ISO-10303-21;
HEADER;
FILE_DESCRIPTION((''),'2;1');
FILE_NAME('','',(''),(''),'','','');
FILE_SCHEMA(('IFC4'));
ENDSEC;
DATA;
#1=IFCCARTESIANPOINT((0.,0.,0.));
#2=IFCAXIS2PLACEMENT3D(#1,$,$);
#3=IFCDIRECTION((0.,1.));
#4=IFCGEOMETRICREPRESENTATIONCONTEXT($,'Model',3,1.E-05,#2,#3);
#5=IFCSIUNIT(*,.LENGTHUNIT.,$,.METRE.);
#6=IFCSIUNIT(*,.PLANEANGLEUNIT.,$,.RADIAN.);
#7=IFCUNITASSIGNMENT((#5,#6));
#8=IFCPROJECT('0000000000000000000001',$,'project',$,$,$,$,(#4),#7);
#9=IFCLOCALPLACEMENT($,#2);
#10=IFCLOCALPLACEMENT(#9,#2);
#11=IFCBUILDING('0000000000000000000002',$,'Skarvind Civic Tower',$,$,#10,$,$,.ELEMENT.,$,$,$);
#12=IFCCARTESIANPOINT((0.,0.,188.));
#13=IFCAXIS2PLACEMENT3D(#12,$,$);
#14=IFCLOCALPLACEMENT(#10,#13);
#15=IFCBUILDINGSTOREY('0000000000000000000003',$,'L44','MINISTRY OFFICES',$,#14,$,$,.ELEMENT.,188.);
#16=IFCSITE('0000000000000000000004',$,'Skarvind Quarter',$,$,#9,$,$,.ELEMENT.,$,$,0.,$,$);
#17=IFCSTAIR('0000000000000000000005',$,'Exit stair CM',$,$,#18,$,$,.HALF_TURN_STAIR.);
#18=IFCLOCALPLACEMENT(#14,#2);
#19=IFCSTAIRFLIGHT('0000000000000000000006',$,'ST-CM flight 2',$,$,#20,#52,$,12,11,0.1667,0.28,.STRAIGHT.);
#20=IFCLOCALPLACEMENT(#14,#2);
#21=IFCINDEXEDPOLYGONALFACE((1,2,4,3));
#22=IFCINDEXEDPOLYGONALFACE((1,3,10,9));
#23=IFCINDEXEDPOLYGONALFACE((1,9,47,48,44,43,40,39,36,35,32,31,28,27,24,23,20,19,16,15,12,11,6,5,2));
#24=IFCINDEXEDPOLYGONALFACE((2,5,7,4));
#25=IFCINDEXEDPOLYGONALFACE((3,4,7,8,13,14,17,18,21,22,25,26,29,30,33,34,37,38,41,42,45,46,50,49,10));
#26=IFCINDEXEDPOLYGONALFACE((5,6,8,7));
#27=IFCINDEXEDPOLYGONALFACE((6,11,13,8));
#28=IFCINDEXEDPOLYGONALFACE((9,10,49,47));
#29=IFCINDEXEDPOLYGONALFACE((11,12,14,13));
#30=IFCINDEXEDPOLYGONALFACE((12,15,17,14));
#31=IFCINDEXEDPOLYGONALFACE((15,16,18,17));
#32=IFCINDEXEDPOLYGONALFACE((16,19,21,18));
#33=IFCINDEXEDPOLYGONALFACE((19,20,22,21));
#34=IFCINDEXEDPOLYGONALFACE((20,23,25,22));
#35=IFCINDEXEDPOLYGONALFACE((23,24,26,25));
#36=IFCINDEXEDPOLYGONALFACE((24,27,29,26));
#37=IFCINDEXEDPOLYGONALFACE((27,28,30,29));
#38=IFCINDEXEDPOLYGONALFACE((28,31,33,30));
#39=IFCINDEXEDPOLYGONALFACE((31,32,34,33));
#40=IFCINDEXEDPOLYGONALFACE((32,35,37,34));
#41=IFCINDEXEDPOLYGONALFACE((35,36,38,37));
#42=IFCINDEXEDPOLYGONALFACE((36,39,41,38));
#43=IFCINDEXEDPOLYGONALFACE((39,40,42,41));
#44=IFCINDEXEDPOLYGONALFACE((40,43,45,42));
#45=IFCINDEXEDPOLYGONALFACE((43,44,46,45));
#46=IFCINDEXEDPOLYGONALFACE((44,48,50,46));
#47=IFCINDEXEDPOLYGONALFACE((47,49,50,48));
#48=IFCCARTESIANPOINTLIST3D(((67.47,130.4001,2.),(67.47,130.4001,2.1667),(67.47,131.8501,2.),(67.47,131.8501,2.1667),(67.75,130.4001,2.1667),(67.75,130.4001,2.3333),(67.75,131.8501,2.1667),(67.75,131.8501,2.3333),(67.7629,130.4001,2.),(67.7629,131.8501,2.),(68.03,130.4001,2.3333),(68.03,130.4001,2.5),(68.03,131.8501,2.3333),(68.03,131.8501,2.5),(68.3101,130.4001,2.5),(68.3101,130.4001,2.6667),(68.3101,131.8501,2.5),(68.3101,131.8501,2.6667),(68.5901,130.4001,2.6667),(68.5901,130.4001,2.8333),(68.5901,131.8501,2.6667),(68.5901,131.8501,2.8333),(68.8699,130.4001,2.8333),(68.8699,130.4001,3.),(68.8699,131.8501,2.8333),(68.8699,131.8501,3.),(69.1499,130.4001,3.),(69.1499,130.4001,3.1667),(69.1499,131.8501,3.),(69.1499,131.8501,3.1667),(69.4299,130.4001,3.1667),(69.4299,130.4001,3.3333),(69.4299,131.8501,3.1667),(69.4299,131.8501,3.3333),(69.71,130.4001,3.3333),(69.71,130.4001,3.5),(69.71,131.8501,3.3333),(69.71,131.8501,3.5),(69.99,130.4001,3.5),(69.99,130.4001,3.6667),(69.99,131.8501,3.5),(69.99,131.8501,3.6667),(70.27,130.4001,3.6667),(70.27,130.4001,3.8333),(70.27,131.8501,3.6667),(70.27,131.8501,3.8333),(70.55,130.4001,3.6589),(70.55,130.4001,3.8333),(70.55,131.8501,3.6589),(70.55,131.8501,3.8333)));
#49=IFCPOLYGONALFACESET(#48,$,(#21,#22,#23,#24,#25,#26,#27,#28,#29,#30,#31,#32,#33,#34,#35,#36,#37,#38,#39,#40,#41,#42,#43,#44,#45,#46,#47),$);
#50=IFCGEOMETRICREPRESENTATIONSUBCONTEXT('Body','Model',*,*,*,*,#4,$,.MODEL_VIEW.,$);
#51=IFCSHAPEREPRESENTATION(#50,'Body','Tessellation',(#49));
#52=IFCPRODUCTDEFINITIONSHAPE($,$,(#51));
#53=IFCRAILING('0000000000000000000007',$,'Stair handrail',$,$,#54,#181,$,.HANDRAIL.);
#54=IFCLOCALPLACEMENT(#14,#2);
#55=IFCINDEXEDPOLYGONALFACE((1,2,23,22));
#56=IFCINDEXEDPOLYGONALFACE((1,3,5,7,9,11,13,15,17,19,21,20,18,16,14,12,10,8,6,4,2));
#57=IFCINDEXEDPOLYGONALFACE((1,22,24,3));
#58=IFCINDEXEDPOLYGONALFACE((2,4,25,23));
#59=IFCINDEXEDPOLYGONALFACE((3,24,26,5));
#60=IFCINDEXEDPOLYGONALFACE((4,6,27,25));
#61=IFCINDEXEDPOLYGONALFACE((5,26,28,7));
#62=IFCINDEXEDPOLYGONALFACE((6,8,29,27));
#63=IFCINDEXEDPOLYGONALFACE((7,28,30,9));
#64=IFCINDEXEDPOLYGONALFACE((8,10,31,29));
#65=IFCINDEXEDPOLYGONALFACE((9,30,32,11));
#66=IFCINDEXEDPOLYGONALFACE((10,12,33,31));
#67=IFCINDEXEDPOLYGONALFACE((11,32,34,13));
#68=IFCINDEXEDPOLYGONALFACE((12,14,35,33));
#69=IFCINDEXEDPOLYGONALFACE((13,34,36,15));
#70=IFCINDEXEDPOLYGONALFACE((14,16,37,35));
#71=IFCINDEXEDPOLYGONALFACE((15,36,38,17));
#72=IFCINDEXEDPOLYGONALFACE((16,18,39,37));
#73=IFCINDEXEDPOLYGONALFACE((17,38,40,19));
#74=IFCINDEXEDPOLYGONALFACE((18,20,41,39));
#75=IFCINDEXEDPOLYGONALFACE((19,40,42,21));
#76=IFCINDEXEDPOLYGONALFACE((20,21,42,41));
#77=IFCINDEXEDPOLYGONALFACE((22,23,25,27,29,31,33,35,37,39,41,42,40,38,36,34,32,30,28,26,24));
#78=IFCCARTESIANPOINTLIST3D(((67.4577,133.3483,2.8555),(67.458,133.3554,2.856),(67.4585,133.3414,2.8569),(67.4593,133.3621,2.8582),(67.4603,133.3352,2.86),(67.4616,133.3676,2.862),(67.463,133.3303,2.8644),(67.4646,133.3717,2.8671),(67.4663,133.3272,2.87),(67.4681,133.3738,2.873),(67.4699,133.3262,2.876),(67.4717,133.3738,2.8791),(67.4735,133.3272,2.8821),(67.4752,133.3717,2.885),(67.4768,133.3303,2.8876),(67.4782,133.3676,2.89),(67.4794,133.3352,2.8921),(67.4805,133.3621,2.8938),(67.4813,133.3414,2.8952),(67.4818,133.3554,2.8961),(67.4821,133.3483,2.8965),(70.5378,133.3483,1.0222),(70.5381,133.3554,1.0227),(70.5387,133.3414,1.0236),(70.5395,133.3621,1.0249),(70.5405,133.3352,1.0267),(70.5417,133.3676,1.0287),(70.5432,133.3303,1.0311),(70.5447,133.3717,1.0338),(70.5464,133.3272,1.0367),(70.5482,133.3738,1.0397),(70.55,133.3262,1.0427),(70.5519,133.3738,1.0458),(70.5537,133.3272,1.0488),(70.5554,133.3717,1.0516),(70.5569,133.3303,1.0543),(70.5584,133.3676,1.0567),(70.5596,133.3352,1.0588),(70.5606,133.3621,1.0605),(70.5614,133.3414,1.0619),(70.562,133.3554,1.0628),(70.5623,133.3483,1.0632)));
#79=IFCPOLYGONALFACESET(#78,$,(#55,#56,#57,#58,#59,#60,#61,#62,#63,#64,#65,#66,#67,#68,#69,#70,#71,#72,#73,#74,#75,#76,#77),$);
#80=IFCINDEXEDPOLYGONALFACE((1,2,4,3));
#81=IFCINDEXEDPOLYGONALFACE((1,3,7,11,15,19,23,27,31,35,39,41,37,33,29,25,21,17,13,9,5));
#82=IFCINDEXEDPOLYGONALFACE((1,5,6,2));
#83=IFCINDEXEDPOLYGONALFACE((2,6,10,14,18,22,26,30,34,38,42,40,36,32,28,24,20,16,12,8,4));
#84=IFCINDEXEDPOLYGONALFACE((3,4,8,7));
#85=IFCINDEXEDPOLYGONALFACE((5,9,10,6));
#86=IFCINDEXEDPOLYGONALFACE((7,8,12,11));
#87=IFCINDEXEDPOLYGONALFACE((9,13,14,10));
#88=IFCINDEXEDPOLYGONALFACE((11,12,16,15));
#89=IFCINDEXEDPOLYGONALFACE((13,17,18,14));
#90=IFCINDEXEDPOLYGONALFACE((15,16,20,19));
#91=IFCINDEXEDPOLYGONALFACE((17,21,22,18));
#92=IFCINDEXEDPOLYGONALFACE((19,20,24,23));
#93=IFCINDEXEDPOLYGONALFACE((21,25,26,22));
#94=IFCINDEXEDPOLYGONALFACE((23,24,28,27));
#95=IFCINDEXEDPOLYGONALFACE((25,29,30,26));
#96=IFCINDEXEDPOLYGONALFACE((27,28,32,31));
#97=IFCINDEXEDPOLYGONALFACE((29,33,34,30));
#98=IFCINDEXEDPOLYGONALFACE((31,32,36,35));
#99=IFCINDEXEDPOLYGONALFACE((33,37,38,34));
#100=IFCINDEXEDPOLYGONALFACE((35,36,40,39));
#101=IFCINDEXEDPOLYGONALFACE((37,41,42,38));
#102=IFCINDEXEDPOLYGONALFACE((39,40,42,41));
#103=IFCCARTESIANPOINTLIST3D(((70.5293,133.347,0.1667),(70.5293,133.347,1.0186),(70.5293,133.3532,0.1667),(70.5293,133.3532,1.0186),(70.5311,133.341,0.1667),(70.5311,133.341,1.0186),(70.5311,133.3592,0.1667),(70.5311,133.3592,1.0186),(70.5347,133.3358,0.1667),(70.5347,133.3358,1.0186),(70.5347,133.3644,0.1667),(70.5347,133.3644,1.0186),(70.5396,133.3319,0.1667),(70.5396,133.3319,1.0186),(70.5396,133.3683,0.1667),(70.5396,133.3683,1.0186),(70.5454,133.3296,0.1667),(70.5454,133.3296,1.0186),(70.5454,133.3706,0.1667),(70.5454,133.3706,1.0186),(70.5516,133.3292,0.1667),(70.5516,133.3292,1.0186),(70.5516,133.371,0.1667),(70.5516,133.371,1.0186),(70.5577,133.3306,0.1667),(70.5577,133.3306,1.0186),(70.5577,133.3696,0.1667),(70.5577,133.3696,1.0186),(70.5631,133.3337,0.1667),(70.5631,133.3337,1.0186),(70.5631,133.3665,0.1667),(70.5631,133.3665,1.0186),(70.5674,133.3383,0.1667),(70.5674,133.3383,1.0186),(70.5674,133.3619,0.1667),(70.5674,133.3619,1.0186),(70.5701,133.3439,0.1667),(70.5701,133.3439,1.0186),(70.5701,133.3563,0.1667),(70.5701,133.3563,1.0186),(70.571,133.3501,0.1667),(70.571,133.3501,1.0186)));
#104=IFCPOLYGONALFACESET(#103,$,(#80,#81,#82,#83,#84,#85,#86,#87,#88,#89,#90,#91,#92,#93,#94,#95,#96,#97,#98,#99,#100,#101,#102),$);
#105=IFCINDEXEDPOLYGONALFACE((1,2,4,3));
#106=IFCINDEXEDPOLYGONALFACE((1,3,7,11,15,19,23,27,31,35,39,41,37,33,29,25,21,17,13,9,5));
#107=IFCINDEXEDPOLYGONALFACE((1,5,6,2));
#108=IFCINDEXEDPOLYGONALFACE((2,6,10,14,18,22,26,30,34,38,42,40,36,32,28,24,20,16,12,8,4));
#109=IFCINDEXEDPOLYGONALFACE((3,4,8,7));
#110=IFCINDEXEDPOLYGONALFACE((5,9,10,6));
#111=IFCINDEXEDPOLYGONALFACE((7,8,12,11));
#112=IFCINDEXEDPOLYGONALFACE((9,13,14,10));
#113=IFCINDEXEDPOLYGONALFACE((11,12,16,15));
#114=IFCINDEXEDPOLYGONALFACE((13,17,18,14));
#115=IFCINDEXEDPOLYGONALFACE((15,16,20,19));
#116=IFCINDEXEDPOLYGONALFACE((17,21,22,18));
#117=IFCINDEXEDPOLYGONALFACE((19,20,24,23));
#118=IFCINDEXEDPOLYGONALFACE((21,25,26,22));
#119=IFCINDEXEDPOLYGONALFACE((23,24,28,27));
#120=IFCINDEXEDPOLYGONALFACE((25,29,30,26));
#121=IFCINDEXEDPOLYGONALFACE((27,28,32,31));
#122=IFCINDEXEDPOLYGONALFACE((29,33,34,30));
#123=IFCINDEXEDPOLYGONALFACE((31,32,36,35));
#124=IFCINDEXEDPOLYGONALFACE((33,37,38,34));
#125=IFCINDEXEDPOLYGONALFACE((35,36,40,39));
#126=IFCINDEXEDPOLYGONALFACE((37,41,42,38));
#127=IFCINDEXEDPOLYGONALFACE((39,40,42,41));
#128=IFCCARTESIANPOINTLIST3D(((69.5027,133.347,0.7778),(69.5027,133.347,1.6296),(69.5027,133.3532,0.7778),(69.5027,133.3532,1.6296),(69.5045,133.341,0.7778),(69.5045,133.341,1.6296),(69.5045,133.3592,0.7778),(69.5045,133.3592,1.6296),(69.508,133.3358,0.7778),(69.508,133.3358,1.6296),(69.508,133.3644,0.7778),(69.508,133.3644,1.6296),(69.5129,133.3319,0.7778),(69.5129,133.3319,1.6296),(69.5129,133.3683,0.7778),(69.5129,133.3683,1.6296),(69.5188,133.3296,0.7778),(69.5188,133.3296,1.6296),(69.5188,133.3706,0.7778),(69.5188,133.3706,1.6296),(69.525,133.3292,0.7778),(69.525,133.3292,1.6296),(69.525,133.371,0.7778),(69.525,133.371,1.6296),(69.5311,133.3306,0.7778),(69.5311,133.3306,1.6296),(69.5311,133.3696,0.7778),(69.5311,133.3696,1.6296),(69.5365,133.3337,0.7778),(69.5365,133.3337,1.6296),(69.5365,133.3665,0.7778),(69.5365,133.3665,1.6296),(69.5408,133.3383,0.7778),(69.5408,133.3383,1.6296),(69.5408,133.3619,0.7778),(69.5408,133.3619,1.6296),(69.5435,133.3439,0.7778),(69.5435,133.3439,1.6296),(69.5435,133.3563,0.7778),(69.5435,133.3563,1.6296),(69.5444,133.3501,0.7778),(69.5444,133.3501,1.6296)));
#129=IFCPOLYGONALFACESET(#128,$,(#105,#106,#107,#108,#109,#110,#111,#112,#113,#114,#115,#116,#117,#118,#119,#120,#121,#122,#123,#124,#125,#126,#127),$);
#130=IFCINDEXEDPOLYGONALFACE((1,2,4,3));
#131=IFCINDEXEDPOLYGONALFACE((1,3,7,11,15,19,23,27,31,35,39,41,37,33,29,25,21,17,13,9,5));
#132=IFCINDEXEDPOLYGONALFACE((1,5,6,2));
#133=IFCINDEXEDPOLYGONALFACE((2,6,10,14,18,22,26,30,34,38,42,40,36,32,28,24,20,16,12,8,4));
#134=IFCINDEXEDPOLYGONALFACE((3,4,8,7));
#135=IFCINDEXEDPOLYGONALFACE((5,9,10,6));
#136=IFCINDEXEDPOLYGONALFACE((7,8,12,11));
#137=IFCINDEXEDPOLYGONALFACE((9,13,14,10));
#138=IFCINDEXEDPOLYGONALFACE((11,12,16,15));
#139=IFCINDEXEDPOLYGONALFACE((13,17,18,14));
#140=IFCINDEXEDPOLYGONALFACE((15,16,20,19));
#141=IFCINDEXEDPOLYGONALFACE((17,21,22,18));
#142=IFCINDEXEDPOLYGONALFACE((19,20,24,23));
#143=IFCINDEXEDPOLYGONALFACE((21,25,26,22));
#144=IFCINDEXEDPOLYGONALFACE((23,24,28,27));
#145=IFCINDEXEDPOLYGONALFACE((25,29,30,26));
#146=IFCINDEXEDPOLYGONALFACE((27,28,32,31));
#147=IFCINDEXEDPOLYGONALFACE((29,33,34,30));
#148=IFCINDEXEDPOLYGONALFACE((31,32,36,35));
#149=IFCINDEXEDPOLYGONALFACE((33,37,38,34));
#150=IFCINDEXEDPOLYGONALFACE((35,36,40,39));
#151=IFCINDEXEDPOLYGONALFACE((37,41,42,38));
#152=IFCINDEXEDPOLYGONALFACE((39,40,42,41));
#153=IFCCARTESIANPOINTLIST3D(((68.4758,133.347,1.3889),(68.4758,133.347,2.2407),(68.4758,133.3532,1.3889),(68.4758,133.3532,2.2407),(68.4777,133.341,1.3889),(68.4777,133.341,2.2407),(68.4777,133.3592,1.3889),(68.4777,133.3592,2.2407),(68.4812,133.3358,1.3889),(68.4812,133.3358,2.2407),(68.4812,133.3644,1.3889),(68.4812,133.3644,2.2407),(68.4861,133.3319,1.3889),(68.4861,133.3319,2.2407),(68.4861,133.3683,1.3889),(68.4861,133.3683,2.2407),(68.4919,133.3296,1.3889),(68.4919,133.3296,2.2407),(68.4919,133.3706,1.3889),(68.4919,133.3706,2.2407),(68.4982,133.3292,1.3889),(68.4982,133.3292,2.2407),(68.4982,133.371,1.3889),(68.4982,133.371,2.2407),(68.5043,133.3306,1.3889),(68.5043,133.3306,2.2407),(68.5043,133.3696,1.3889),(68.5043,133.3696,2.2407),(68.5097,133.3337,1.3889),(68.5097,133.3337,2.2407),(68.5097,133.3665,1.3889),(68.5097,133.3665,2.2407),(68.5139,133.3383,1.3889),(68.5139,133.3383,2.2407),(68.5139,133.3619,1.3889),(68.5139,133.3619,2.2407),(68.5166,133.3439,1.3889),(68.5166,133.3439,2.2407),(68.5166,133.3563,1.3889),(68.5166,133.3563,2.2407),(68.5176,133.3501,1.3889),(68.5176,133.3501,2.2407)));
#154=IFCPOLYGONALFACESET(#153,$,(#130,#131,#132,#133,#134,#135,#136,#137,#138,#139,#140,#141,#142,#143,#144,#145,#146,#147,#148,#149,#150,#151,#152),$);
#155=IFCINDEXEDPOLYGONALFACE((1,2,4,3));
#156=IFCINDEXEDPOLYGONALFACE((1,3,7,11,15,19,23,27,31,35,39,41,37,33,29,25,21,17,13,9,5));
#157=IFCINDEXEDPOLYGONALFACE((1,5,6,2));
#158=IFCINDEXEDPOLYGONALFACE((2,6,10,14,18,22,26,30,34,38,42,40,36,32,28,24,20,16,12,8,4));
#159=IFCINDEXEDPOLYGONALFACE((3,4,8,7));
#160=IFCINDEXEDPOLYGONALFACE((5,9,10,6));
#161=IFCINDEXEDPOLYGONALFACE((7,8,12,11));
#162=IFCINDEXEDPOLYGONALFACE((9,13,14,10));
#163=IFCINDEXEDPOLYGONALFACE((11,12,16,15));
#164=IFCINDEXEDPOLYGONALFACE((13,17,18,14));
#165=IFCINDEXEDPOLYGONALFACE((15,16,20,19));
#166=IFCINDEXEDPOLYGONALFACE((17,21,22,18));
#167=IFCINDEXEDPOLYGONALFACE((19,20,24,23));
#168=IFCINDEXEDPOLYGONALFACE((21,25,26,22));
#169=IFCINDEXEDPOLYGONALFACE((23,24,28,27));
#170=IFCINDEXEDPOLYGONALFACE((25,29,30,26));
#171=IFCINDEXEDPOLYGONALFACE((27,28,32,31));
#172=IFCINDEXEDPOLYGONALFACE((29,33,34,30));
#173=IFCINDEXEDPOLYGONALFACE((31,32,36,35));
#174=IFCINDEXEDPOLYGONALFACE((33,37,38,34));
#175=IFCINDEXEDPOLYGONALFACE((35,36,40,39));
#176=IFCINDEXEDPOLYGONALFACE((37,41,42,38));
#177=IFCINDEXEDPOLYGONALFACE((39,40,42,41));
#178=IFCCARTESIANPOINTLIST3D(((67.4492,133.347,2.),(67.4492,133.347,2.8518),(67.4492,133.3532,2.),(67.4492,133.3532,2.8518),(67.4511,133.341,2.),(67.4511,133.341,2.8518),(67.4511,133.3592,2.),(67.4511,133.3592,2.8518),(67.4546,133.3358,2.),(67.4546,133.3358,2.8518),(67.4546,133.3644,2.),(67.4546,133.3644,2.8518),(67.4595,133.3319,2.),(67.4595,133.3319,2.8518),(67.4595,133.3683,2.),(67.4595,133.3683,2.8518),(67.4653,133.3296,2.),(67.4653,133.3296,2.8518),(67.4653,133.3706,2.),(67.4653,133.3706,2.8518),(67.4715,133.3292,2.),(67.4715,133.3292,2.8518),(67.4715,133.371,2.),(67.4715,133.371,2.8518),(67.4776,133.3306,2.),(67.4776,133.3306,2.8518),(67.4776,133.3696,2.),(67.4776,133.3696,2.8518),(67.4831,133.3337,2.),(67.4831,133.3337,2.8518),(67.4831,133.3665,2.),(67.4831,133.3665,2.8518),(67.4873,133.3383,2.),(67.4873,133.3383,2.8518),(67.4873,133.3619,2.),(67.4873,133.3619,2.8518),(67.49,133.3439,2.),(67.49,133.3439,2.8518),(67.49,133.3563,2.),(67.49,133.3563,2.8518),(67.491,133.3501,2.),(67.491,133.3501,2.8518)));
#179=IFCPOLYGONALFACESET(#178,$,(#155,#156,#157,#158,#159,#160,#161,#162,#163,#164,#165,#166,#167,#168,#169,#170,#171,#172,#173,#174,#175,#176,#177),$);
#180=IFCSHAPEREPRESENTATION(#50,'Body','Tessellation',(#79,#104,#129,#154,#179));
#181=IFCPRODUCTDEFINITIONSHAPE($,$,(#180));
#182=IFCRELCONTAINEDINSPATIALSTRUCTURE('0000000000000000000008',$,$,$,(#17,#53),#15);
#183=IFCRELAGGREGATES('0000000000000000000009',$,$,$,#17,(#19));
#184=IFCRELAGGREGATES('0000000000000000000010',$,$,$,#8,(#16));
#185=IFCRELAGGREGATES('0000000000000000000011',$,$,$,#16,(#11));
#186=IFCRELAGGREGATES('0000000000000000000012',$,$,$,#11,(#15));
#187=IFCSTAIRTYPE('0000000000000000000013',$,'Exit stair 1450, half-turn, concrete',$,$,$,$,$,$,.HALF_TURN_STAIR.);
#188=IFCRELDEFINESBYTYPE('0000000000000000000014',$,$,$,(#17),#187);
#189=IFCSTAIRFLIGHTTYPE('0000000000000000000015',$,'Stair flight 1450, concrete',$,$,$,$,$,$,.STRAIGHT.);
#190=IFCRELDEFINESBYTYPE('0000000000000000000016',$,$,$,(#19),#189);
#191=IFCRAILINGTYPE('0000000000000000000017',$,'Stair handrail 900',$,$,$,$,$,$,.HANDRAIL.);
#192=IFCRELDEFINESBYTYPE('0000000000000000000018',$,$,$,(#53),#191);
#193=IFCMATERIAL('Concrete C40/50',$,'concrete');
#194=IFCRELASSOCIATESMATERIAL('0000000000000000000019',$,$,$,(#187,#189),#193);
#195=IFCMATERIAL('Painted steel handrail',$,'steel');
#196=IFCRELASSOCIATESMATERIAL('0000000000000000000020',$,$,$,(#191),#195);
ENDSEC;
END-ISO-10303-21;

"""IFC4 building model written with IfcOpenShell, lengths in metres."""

from ifc_helpers import new_model, si_unit, direction, frame, origin, origin_2d, place, context, subcontext, project, spatial, polyline, circle, outline, extrude, material, type_object, element, aggregate, save


model = new_model("IFC4")

# Units and contexts
model_context = context("Model", 3, precision=1e-05, world=origin(), true_north=direction((0.0, 1.0)))
body_context = subcontext(model_context, "Body", "Model", "MODEL_VIEW")
ifc_project = project(units=[si_unit("LENGTHUNIT", "METRE"), si_unit("PLANEANGLEUNIT", "RADIAN")], contexts=[model_context])

# Site, building, storey
site_placement = place(None, origin())
site = spatial("IfcSite", under=ifc_project, at=site_placement, Name="Skarvind Quarter", CompositionType="ELEMENT", RefElevation=0.0)
building_placement = place(site_placement, origin())
building = spatial("IfcBuilding", under=site, at=building_placement, Name="Skarvind Civic Tower", CompositionType="ELEMENT")
storey_placement = place(building_placement, frame((0.0, 0.0, 188.0)))
storey = spatial("IfcBuildingStorey", under=building, at=storey_placement, Name="L44", Description="MINISTRY OFFICES", CompositionType="ELEMENT", Elevation=188.0)

# Stair, stair flight
ifc_material_1 = material(Name="Concrete C40/50", Category="concrete")
stair_type = type_object("IfcStairType", Name="Exit stair 1450, half-turn, concrete", PredefinedType="HALF_TURN_STAIR", material=ifc_material_1)
stair_placement = place(storey_placement, origin())
stair = element("IfcStair", 1, at=stair_placement, inside=storey, type_object=stair_type, Name="Exit stair CM", PredefinedType="HALF_TURN_STAIR")
stair_flight_type = type_object("IfcStairFlightType", Name="Stair flight 1450, concrete", PredefinedType="STRAIGHT", material=ifc_material_1)
stair_flight_1_placement = place(storey_placement, frame((67.47, 131.125, 2.0), z_axis=(0.0, 0.0, 1.0), x_axis=(1.0, 0.0, 0.0)))
stair_flight_1 = element("IfcStairFlight", 2, at=stair_flight_1_placement, type_object=stair_flight_type, Name="ST-CM flight 2", NumberOfRisers=12, NumberOfTreads=11, PredefinedType="STRAIGHT", RiserHeight=0.1667, TreadLength=0.28, context=body_context, shape_type="SweptSolid", body=[
    extrude(outline(polyline([(0.0, 0.0), (0.0, 0.1667), (0.28, 0.1667), (0.28, 0.3333), (0.5601, 0.3333), (0.5601, 0.5), (0.8401, 0.5), (0.8401, 0.6667), (1.1201, 0.6667), (1.1201, 0.8333), (1.3999, 0.8333), (1.3999, 1.0), (1.6799, 1.0), (1.6799, 1.1667), (1.96, 1.1667), (1.96, 1.3333), (2.24, 1.3333), (2.24, 1.5), (2.52, 1.5), (2.52, 1.6667), (2.8, 1.6667), (2.8, 1.8333), (3.0801, 1.8333), (3.0801, 2.0), (3.0801, 1.6589), (0.293, 0.0), (0.0, 0.0)])), frame((0.0, 0.7251, 0.0), z_axis=(0.0, -1.0, 0.0), x_axis=(1.0, 0.0, 0.0)), (0.0, 0.0, 1.0), 1.45),
])
aggregate(stair, [stair_flight_1])

# Railing
ifc_material_2 = material(Name="Painted steel handrail", Category="steel")
railing_type = type_object("IfcRailingType", Name="Stair handrail 900", PredefinedType="HANDRAIL", material=ifc_material_2)
railing_1_placement = place(storey_placement, frame((70.55, 133.3501, 0.1667)))
element("IfcRailing", 3, at=railing_1_placement, inside=storey, type_object=railing_type, Name="Stair handrail", PredefinedType="HANDRAIL", context=body_context, shape_type="SweptSolid", body=[
    extrude(circle(Radius=0.0239, at=origin_2d()), frame((0.0, 0.0, 0.876), z_axis=(-0.859309, 0.0, 0.511458), x_axis=(0.0, -1.0, 0.0)), (0.0, 0.0, 1.0), 3.5845),
    extrude(circle(Radius=0.021, at=origin_2d()), origin(), (0.0, 0.0, 1.0), 0.8518),
    extrude(circle(Radius=0.021, at=origin_2d()), frame((-1.0266, 0.0, 0.6111)), (0.0, 0.0, 1.0), 0.8518),
    extrude(circle(Radius=0.021, at=origin_2d()), frame((-2.0535, 0.0, 1.2222)), (0.0, 0.0, 1.0), 0.8518),
    extrude(circle(Radius=0.021, at=origin_2d()), frame((-3.0801, 0.0, 1.8333)), (0.0, 0.0, 1.0), 0.8518),
])

save(model, "model.ifc")
